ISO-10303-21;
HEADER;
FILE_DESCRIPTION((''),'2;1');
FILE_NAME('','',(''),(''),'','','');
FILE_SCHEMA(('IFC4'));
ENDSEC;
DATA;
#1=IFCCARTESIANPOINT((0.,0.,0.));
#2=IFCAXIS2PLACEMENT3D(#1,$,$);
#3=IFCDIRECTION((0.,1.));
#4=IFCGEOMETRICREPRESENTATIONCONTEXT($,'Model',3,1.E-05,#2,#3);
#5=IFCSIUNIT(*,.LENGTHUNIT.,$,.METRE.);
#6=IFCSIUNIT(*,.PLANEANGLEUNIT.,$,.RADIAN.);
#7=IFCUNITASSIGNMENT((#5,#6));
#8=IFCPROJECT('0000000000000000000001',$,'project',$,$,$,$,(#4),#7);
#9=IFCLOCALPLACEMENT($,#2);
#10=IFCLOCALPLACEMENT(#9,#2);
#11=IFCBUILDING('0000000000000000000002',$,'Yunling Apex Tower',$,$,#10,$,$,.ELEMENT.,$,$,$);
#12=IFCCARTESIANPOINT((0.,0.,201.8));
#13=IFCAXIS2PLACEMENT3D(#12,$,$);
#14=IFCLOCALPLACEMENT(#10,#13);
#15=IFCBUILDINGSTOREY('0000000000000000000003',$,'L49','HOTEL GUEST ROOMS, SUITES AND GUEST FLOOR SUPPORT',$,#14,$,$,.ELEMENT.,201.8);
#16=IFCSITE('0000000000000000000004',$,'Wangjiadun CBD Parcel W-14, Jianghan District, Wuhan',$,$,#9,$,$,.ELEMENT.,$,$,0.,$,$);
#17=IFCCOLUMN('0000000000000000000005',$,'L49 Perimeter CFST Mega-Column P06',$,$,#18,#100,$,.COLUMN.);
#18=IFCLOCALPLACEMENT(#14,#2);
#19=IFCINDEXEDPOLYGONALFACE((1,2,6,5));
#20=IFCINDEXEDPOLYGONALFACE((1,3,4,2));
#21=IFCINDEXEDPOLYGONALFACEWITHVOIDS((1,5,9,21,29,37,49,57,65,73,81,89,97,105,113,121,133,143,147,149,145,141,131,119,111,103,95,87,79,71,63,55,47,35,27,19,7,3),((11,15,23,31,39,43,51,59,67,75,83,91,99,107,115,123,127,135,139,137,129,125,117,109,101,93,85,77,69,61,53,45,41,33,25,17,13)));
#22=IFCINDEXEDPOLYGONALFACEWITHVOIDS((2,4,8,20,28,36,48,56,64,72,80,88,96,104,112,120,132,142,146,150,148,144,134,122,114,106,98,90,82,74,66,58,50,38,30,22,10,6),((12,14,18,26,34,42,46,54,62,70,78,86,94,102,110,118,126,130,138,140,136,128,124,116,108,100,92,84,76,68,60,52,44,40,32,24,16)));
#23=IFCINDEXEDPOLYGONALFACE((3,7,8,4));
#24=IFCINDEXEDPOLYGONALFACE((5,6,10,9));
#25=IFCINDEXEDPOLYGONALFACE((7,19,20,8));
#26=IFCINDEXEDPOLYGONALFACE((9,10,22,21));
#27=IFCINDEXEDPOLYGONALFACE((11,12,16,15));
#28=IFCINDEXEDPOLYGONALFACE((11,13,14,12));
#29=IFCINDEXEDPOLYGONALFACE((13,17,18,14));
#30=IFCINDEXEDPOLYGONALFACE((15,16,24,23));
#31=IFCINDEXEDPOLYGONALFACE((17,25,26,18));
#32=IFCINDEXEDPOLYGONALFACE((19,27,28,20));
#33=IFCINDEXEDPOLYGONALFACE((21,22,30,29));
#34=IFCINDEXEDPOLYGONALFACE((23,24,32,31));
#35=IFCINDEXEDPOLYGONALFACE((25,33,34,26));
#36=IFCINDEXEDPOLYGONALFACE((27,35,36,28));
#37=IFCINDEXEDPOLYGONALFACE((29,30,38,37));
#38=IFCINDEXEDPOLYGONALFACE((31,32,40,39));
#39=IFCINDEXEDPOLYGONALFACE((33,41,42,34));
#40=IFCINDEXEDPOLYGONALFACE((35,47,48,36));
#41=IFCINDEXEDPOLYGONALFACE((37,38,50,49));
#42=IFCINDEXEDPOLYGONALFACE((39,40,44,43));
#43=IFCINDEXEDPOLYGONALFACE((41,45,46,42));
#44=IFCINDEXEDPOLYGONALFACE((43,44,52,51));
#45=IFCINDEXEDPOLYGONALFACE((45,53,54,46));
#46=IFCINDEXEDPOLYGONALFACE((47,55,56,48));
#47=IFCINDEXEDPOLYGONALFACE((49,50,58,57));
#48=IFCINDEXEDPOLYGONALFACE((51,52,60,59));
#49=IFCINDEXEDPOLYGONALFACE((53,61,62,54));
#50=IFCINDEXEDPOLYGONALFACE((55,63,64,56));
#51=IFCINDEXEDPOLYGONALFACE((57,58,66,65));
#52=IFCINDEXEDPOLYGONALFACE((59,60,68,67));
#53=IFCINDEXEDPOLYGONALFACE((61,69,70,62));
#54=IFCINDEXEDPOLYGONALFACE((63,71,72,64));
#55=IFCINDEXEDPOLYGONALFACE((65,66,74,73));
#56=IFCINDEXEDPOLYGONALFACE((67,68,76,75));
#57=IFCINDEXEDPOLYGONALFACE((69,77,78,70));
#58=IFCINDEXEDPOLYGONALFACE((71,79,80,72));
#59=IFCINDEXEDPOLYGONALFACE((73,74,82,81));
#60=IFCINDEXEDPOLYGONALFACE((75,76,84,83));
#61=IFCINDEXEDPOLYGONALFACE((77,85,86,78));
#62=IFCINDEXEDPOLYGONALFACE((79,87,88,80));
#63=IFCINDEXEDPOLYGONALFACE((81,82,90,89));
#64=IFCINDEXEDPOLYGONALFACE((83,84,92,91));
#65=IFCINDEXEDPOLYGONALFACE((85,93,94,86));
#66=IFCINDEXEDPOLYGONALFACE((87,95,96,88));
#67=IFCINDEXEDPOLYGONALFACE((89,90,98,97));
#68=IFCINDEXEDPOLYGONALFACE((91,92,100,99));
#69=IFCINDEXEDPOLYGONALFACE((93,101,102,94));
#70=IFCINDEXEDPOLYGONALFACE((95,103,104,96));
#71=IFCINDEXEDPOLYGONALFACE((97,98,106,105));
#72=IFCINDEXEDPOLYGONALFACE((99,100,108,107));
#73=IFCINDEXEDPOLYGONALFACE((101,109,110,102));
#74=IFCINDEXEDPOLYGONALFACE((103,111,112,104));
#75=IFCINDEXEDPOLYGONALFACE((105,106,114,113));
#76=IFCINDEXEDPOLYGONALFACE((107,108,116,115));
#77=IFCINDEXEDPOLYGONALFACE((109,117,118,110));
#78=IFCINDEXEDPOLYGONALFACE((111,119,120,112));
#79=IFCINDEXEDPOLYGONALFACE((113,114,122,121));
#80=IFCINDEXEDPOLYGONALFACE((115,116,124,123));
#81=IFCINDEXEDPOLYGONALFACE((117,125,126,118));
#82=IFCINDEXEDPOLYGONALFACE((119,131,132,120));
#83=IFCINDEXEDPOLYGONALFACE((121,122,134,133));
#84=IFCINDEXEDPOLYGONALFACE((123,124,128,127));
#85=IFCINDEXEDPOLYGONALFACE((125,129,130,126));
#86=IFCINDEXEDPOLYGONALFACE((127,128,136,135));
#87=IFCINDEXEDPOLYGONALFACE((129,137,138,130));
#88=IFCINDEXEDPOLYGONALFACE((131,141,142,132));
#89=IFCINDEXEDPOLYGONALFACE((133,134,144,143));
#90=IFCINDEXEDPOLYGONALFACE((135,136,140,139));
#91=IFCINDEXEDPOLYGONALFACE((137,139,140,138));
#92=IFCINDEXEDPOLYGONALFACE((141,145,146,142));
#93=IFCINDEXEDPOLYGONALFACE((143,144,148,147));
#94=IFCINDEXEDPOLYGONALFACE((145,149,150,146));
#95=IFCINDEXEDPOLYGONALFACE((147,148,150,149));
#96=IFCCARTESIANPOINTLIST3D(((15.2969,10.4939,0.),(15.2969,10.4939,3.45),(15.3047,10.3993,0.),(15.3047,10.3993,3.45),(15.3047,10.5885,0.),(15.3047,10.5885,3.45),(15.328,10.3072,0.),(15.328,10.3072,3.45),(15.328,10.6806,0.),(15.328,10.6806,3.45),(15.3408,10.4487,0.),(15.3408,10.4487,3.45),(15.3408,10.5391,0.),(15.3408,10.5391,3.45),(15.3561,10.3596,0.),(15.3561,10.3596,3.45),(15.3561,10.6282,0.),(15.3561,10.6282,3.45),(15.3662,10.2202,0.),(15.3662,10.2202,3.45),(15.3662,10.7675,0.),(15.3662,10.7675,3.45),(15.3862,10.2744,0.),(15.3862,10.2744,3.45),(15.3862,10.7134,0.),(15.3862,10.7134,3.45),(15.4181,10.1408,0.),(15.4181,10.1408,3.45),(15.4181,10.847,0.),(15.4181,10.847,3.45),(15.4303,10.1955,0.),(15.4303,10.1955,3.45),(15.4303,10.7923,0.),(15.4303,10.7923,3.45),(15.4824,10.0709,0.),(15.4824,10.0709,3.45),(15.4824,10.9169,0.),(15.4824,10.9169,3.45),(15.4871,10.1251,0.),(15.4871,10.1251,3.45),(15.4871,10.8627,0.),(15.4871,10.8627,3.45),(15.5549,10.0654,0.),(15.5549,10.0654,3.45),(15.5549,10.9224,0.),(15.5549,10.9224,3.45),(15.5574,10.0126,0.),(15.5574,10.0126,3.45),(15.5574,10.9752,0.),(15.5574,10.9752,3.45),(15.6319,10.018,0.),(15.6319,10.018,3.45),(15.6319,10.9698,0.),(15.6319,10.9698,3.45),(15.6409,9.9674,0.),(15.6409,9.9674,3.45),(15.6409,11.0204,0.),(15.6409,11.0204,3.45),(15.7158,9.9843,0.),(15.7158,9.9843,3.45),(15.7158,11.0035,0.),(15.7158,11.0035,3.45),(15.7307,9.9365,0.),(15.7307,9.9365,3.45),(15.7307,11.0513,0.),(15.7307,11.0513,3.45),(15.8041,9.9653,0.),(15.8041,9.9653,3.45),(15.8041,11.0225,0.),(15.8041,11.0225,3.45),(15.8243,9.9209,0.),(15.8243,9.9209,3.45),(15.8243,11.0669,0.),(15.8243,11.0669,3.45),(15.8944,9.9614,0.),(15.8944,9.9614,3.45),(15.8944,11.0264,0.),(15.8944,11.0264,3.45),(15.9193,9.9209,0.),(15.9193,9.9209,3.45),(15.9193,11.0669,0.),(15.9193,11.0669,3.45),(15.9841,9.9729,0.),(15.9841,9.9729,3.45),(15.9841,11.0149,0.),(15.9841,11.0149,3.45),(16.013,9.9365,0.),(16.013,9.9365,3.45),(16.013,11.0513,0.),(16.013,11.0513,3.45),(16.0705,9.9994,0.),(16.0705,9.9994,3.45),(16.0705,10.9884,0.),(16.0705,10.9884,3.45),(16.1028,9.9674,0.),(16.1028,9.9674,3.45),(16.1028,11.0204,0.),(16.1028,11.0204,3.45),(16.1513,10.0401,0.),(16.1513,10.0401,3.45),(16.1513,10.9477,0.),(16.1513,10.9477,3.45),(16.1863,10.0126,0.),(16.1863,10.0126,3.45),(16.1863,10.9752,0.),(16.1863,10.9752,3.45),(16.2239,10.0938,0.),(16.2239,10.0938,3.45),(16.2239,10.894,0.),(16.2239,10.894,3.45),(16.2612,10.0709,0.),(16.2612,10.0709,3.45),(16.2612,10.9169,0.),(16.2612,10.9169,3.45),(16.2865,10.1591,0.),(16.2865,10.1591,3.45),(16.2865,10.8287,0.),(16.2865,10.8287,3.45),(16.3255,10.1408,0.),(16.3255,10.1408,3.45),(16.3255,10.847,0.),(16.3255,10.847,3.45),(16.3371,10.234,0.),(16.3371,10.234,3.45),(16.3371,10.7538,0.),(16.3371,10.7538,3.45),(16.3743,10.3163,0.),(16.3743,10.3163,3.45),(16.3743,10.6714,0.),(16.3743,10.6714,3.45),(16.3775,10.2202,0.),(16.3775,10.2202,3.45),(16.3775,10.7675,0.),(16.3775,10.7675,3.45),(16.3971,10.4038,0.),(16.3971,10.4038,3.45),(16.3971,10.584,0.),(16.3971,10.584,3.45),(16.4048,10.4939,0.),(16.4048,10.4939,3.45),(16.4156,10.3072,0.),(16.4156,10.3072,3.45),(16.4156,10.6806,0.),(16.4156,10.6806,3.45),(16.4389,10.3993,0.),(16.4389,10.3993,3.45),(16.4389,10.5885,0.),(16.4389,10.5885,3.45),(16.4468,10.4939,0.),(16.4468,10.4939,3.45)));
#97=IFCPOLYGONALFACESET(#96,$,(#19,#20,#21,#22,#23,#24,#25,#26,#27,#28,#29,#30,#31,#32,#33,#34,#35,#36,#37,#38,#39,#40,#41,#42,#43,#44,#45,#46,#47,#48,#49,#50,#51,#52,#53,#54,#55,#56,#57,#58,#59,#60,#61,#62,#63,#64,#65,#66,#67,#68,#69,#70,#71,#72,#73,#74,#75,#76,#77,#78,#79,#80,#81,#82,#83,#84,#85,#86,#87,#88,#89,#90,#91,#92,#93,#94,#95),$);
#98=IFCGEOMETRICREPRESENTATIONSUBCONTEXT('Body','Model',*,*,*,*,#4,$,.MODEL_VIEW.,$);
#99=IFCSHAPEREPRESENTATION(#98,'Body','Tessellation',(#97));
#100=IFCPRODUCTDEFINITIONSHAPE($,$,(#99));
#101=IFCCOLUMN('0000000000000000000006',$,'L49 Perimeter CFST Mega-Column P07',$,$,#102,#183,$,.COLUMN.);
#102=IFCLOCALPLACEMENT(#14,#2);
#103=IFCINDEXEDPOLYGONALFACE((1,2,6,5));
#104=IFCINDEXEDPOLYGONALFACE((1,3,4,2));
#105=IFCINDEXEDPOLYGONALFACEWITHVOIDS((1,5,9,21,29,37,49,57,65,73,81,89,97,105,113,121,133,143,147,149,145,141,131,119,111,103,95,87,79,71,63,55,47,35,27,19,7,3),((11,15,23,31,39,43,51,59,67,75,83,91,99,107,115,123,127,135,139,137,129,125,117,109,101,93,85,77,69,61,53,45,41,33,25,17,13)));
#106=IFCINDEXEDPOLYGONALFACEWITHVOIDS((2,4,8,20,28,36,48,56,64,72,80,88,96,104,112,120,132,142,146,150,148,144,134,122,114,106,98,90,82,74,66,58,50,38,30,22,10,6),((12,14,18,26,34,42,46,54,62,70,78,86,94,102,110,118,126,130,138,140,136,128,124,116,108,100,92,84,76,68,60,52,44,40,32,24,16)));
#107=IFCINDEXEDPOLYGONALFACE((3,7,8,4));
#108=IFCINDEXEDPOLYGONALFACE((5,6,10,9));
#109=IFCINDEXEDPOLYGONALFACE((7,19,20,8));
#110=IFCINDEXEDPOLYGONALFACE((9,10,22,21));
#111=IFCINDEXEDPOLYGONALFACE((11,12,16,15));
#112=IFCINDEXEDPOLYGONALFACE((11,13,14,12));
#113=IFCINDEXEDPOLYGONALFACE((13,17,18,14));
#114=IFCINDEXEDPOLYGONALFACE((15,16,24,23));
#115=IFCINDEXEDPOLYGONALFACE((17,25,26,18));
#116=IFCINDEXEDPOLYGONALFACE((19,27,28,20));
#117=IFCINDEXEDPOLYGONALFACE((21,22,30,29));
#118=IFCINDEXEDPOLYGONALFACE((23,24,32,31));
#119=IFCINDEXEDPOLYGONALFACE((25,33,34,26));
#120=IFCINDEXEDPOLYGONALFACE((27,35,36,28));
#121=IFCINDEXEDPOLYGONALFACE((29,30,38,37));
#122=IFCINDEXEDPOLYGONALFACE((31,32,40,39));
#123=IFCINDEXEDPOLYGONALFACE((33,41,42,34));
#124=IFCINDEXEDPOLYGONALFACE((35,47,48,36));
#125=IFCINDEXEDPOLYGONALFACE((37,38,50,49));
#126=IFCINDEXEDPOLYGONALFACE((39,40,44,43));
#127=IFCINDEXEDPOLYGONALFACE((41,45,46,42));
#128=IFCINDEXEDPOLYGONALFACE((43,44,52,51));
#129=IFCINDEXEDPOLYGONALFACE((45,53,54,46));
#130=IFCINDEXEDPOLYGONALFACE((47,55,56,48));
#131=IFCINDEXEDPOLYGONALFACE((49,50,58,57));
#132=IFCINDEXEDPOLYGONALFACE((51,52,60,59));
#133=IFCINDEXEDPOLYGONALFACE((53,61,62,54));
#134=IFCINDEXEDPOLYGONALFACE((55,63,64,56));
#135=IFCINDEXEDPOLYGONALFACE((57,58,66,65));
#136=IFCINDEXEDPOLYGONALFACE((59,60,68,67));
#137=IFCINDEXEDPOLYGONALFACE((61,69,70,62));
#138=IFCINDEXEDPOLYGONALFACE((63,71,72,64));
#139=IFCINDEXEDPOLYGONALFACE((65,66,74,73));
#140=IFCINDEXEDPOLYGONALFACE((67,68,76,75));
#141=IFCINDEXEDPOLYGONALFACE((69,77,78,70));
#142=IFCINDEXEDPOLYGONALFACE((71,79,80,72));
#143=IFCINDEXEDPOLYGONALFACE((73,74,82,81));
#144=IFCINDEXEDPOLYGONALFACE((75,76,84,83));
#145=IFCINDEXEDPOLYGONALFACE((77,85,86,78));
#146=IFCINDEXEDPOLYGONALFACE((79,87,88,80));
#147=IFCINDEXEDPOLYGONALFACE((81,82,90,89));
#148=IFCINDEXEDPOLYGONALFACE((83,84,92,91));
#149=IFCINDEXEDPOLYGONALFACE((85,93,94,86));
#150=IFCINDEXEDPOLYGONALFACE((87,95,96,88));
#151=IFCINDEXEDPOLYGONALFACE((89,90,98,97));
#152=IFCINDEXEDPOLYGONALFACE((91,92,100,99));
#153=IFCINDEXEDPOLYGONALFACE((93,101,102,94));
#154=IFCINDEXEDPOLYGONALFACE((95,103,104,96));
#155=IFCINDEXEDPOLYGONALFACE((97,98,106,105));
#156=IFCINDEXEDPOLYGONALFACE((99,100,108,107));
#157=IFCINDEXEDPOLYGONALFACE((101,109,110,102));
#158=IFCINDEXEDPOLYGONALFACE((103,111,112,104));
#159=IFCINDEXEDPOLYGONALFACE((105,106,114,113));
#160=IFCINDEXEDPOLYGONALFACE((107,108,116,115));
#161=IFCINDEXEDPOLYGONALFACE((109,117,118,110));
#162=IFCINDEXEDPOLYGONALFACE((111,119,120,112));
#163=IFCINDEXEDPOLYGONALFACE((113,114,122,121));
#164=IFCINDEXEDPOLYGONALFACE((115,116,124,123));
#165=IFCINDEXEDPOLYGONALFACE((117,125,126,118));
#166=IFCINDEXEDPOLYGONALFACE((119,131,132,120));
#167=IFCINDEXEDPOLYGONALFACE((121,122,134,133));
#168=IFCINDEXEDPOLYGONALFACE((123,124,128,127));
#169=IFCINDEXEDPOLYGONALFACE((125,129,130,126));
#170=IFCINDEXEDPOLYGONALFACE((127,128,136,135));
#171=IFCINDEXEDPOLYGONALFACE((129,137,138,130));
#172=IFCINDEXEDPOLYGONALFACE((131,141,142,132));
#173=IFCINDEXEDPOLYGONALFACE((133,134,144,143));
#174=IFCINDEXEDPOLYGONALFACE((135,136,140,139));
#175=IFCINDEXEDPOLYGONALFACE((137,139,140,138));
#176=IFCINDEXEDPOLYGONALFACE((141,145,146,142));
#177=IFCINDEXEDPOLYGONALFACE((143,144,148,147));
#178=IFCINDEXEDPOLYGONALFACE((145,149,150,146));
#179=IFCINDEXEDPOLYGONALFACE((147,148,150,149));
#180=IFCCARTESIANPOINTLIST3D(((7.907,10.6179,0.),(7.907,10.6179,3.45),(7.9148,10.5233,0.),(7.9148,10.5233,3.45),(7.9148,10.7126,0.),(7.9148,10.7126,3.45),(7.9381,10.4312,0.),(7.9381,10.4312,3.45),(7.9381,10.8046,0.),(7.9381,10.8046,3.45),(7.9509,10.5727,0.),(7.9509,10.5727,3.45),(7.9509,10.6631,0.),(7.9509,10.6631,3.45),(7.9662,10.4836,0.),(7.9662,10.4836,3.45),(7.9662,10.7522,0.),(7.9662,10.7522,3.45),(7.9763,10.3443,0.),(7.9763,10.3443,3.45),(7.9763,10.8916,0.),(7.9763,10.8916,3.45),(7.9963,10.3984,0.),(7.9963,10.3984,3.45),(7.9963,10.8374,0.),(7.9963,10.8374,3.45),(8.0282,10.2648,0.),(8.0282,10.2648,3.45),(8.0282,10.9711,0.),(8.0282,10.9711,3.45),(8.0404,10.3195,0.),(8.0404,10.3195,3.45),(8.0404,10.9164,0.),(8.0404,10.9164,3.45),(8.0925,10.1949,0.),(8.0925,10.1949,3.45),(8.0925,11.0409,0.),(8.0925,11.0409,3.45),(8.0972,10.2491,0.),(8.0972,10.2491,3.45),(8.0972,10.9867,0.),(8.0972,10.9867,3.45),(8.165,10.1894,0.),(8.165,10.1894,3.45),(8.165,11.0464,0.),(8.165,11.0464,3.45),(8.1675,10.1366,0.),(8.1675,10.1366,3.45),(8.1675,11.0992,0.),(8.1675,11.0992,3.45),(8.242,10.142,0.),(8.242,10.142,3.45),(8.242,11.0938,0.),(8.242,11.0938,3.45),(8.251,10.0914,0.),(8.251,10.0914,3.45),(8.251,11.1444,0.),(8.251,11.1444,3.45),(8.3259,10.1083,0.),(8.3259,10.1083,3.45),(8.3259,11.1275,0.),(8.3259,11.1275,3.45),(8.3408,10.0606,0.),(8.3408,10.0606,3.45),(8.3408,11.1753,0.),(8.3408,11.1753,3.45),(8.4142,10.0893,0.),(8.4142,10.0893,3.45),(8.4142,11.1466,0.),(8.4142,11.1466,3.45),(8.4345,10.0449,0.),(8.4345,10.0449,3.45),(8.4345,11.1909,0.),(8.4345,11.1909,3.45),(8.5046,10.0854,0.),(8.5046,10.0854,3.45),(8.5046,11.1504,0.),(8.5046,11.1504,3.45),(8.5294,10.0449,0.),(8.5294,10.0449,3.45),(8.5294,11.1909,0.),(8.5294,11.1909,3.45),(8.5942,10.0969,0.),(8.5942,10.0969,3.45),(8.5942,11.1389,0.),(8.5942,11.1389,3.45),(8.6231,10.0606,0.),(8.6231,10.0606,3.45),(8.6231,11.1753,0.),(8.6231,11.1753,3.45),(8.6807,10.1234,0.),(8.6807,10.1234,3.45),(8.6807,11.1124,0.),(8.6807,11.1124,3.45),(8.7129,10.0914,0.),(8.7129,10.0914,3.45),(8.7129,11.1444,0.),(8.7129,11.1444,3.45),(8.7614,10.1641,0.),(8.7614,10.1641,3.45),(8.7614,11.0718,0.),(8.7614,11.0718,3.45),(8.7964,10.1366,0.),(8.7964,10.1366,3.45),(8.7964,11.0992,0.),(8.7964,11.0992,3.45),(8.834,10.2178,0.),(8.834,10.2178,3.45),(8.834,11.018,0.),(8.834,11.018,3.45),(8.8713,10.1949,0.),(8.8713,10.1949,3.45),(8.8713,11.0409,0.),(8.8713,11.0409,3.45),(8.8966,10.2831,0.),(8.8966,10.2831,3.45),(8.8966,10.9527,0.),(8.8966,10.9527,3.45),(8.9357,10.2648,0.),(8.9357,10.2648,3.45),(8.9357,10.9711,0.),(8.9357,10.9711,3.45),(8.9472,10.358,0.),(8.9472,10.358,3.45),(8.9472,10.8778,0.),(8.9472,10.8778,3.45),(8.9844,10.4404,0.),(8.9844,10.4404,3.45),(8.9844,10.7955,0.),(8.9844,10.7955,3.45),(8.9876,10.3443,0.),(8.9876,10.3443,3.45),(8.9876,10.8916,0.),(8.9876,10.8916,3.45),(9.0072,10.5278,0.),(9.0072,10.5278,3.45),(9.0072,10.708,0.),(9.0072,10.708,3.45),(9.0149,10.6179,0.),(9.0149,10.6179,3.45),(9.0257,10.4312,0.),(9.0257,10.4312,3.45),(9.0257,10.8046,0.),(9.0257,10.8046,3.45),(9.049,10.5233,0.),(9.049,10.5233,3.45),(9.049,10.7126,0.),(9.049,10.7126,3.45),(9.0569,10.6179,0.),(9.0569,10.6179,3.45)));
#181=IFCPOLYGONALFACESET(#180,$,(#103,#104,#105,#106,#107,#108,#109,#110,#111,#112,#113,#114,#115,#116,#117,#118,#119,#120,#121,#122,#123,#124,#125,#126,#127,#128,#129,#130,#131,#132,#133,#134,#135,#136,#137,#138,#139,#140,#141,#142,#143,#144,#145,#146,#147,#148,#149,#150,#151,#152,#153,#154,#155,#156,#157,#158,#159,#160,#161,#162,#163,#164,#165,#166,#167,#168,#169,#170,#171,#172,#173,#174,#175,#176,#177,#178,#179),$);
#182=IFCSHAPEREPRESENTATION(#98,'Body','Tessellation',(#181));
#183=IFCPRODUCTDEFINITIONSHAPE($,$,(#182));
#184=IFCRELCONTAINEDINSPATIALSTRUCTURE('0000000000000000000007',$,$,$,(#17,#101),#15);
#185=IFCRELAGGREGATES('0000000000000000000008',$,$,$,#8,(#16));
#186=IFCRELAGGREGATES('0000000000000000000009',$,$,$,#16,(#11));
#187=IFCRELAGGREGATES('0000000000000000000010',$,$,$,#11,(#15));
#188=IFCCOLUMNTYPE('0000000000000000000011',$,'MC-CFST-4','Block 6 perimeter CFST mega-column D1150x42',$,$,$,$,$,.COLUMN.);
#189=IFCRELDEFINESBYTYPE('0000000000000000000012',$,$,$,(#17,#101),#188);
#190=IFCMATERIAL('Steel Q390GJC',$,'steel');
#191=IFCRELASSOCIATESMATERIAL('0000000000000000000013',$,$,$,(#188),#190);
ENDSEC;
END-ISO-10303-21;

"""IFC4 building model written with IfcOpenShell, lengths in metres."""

from ifc_helpers import new_model, si_unit, direction, frame, origin, origin_2d, place, context, subcontext, project, spatial, hollow_circle, extrude, source, transform, mapped, material, material_profile, profile_set, type_object, element, save


model = new_model("IFC4")

# Units and contexts
model_context = context("Model", 3, precision=1e-05, world=origin(), true_north=direction((0.0, 1.0)))
body_context = subcontext(model_context, "Body", "Model", "MODEL_VIEW")
ifc_project = project(units=[si_unit("LENGTHUNIT", "METRE"), si_unit("PLANEANGLEUNIT", "RADIAN")], contexts=[model_context])

# Site, building, storey
site_placement = place(None, origin())
site = spatial("IfcSite", under=ifc_project, at=site_placement, Name="Wangjiadun CBD Parcel W-14, Jianghan District, Wuhan", CompositionType="ELEMENT", RefElevation=0.0)
building_placement = place(site_placement, origin())
building = spatial("IfcBuilding", under=site, at=building_placement, Name="Yunling Apex Tower", CompositionType="ELEMENT")
storey_placement = place(building_placement, frame((0.0, 0.0, 201.8)))
storey = spatial("IfcBuildingStorey", under=building, at=storey_placement, Name="L49", Description="HOTEL GUEST ROOMS, SUITES AND GUEST FLOOR SUPPORT", CompositionType="ELEMENT", Elevation=201.8)

# Columns
ifc_material_1 = material(Name="Steel Q390GJC", Category="steel")
ifc_material_profile_1 = material_profile(ifc_material_1, hollow_circle(Radius=0.575, WallThickness=0.042, at=origin_2d()))
ifc_profile_set_1 = profile_set([ifc_material_profile_1], Name="Steel Q390GJC")
column_type = type_object("IfcColumnType", Name="MC-CFST-4", Description="Block 6 perimeter CFST mega-column D1150x42", PredefinedType="COLUMN", material=ifc_profile_set_1)
shared_shape_1 = source(origin(), body_context, "Body", "SweptSolid", [
    extrude(hollow_circle(Radius=0.575, WallThickness=0.042, at=origin_2d()), origin(), (0.0, 0.0, 1.0), 3.45),
])
for number, where, z_axis, x_axis, name in (
    (1, (15.8718, 10.4939, 0.0), (0.0, 0.0, 1.0), (1.0, 0.0, 0.0), "L49 Perimeter CFST Mega-Column P06"),
    (2, (8.4819, 10.6179, 0.0), (0.0, 0.0, 1.0), (1.0, 0.0, 0.0), "L49 Perimeter CFST Mega-Column P07"),
):
    element("IfcColumn", number, at=place(storey_placement, frame(where, z_axis=z_axis, x_axis=x_axis)), inside=storey, type_object=column_type, Name=name, PredefinedType="COLUMN", context=body_context, shape_type="MappedRepresentation", body=[
        mapped(shared_shape_1, transform((0.0, 0.0, 0.0), scale=1.0)),
    ])

save(model, "model.ifc")
